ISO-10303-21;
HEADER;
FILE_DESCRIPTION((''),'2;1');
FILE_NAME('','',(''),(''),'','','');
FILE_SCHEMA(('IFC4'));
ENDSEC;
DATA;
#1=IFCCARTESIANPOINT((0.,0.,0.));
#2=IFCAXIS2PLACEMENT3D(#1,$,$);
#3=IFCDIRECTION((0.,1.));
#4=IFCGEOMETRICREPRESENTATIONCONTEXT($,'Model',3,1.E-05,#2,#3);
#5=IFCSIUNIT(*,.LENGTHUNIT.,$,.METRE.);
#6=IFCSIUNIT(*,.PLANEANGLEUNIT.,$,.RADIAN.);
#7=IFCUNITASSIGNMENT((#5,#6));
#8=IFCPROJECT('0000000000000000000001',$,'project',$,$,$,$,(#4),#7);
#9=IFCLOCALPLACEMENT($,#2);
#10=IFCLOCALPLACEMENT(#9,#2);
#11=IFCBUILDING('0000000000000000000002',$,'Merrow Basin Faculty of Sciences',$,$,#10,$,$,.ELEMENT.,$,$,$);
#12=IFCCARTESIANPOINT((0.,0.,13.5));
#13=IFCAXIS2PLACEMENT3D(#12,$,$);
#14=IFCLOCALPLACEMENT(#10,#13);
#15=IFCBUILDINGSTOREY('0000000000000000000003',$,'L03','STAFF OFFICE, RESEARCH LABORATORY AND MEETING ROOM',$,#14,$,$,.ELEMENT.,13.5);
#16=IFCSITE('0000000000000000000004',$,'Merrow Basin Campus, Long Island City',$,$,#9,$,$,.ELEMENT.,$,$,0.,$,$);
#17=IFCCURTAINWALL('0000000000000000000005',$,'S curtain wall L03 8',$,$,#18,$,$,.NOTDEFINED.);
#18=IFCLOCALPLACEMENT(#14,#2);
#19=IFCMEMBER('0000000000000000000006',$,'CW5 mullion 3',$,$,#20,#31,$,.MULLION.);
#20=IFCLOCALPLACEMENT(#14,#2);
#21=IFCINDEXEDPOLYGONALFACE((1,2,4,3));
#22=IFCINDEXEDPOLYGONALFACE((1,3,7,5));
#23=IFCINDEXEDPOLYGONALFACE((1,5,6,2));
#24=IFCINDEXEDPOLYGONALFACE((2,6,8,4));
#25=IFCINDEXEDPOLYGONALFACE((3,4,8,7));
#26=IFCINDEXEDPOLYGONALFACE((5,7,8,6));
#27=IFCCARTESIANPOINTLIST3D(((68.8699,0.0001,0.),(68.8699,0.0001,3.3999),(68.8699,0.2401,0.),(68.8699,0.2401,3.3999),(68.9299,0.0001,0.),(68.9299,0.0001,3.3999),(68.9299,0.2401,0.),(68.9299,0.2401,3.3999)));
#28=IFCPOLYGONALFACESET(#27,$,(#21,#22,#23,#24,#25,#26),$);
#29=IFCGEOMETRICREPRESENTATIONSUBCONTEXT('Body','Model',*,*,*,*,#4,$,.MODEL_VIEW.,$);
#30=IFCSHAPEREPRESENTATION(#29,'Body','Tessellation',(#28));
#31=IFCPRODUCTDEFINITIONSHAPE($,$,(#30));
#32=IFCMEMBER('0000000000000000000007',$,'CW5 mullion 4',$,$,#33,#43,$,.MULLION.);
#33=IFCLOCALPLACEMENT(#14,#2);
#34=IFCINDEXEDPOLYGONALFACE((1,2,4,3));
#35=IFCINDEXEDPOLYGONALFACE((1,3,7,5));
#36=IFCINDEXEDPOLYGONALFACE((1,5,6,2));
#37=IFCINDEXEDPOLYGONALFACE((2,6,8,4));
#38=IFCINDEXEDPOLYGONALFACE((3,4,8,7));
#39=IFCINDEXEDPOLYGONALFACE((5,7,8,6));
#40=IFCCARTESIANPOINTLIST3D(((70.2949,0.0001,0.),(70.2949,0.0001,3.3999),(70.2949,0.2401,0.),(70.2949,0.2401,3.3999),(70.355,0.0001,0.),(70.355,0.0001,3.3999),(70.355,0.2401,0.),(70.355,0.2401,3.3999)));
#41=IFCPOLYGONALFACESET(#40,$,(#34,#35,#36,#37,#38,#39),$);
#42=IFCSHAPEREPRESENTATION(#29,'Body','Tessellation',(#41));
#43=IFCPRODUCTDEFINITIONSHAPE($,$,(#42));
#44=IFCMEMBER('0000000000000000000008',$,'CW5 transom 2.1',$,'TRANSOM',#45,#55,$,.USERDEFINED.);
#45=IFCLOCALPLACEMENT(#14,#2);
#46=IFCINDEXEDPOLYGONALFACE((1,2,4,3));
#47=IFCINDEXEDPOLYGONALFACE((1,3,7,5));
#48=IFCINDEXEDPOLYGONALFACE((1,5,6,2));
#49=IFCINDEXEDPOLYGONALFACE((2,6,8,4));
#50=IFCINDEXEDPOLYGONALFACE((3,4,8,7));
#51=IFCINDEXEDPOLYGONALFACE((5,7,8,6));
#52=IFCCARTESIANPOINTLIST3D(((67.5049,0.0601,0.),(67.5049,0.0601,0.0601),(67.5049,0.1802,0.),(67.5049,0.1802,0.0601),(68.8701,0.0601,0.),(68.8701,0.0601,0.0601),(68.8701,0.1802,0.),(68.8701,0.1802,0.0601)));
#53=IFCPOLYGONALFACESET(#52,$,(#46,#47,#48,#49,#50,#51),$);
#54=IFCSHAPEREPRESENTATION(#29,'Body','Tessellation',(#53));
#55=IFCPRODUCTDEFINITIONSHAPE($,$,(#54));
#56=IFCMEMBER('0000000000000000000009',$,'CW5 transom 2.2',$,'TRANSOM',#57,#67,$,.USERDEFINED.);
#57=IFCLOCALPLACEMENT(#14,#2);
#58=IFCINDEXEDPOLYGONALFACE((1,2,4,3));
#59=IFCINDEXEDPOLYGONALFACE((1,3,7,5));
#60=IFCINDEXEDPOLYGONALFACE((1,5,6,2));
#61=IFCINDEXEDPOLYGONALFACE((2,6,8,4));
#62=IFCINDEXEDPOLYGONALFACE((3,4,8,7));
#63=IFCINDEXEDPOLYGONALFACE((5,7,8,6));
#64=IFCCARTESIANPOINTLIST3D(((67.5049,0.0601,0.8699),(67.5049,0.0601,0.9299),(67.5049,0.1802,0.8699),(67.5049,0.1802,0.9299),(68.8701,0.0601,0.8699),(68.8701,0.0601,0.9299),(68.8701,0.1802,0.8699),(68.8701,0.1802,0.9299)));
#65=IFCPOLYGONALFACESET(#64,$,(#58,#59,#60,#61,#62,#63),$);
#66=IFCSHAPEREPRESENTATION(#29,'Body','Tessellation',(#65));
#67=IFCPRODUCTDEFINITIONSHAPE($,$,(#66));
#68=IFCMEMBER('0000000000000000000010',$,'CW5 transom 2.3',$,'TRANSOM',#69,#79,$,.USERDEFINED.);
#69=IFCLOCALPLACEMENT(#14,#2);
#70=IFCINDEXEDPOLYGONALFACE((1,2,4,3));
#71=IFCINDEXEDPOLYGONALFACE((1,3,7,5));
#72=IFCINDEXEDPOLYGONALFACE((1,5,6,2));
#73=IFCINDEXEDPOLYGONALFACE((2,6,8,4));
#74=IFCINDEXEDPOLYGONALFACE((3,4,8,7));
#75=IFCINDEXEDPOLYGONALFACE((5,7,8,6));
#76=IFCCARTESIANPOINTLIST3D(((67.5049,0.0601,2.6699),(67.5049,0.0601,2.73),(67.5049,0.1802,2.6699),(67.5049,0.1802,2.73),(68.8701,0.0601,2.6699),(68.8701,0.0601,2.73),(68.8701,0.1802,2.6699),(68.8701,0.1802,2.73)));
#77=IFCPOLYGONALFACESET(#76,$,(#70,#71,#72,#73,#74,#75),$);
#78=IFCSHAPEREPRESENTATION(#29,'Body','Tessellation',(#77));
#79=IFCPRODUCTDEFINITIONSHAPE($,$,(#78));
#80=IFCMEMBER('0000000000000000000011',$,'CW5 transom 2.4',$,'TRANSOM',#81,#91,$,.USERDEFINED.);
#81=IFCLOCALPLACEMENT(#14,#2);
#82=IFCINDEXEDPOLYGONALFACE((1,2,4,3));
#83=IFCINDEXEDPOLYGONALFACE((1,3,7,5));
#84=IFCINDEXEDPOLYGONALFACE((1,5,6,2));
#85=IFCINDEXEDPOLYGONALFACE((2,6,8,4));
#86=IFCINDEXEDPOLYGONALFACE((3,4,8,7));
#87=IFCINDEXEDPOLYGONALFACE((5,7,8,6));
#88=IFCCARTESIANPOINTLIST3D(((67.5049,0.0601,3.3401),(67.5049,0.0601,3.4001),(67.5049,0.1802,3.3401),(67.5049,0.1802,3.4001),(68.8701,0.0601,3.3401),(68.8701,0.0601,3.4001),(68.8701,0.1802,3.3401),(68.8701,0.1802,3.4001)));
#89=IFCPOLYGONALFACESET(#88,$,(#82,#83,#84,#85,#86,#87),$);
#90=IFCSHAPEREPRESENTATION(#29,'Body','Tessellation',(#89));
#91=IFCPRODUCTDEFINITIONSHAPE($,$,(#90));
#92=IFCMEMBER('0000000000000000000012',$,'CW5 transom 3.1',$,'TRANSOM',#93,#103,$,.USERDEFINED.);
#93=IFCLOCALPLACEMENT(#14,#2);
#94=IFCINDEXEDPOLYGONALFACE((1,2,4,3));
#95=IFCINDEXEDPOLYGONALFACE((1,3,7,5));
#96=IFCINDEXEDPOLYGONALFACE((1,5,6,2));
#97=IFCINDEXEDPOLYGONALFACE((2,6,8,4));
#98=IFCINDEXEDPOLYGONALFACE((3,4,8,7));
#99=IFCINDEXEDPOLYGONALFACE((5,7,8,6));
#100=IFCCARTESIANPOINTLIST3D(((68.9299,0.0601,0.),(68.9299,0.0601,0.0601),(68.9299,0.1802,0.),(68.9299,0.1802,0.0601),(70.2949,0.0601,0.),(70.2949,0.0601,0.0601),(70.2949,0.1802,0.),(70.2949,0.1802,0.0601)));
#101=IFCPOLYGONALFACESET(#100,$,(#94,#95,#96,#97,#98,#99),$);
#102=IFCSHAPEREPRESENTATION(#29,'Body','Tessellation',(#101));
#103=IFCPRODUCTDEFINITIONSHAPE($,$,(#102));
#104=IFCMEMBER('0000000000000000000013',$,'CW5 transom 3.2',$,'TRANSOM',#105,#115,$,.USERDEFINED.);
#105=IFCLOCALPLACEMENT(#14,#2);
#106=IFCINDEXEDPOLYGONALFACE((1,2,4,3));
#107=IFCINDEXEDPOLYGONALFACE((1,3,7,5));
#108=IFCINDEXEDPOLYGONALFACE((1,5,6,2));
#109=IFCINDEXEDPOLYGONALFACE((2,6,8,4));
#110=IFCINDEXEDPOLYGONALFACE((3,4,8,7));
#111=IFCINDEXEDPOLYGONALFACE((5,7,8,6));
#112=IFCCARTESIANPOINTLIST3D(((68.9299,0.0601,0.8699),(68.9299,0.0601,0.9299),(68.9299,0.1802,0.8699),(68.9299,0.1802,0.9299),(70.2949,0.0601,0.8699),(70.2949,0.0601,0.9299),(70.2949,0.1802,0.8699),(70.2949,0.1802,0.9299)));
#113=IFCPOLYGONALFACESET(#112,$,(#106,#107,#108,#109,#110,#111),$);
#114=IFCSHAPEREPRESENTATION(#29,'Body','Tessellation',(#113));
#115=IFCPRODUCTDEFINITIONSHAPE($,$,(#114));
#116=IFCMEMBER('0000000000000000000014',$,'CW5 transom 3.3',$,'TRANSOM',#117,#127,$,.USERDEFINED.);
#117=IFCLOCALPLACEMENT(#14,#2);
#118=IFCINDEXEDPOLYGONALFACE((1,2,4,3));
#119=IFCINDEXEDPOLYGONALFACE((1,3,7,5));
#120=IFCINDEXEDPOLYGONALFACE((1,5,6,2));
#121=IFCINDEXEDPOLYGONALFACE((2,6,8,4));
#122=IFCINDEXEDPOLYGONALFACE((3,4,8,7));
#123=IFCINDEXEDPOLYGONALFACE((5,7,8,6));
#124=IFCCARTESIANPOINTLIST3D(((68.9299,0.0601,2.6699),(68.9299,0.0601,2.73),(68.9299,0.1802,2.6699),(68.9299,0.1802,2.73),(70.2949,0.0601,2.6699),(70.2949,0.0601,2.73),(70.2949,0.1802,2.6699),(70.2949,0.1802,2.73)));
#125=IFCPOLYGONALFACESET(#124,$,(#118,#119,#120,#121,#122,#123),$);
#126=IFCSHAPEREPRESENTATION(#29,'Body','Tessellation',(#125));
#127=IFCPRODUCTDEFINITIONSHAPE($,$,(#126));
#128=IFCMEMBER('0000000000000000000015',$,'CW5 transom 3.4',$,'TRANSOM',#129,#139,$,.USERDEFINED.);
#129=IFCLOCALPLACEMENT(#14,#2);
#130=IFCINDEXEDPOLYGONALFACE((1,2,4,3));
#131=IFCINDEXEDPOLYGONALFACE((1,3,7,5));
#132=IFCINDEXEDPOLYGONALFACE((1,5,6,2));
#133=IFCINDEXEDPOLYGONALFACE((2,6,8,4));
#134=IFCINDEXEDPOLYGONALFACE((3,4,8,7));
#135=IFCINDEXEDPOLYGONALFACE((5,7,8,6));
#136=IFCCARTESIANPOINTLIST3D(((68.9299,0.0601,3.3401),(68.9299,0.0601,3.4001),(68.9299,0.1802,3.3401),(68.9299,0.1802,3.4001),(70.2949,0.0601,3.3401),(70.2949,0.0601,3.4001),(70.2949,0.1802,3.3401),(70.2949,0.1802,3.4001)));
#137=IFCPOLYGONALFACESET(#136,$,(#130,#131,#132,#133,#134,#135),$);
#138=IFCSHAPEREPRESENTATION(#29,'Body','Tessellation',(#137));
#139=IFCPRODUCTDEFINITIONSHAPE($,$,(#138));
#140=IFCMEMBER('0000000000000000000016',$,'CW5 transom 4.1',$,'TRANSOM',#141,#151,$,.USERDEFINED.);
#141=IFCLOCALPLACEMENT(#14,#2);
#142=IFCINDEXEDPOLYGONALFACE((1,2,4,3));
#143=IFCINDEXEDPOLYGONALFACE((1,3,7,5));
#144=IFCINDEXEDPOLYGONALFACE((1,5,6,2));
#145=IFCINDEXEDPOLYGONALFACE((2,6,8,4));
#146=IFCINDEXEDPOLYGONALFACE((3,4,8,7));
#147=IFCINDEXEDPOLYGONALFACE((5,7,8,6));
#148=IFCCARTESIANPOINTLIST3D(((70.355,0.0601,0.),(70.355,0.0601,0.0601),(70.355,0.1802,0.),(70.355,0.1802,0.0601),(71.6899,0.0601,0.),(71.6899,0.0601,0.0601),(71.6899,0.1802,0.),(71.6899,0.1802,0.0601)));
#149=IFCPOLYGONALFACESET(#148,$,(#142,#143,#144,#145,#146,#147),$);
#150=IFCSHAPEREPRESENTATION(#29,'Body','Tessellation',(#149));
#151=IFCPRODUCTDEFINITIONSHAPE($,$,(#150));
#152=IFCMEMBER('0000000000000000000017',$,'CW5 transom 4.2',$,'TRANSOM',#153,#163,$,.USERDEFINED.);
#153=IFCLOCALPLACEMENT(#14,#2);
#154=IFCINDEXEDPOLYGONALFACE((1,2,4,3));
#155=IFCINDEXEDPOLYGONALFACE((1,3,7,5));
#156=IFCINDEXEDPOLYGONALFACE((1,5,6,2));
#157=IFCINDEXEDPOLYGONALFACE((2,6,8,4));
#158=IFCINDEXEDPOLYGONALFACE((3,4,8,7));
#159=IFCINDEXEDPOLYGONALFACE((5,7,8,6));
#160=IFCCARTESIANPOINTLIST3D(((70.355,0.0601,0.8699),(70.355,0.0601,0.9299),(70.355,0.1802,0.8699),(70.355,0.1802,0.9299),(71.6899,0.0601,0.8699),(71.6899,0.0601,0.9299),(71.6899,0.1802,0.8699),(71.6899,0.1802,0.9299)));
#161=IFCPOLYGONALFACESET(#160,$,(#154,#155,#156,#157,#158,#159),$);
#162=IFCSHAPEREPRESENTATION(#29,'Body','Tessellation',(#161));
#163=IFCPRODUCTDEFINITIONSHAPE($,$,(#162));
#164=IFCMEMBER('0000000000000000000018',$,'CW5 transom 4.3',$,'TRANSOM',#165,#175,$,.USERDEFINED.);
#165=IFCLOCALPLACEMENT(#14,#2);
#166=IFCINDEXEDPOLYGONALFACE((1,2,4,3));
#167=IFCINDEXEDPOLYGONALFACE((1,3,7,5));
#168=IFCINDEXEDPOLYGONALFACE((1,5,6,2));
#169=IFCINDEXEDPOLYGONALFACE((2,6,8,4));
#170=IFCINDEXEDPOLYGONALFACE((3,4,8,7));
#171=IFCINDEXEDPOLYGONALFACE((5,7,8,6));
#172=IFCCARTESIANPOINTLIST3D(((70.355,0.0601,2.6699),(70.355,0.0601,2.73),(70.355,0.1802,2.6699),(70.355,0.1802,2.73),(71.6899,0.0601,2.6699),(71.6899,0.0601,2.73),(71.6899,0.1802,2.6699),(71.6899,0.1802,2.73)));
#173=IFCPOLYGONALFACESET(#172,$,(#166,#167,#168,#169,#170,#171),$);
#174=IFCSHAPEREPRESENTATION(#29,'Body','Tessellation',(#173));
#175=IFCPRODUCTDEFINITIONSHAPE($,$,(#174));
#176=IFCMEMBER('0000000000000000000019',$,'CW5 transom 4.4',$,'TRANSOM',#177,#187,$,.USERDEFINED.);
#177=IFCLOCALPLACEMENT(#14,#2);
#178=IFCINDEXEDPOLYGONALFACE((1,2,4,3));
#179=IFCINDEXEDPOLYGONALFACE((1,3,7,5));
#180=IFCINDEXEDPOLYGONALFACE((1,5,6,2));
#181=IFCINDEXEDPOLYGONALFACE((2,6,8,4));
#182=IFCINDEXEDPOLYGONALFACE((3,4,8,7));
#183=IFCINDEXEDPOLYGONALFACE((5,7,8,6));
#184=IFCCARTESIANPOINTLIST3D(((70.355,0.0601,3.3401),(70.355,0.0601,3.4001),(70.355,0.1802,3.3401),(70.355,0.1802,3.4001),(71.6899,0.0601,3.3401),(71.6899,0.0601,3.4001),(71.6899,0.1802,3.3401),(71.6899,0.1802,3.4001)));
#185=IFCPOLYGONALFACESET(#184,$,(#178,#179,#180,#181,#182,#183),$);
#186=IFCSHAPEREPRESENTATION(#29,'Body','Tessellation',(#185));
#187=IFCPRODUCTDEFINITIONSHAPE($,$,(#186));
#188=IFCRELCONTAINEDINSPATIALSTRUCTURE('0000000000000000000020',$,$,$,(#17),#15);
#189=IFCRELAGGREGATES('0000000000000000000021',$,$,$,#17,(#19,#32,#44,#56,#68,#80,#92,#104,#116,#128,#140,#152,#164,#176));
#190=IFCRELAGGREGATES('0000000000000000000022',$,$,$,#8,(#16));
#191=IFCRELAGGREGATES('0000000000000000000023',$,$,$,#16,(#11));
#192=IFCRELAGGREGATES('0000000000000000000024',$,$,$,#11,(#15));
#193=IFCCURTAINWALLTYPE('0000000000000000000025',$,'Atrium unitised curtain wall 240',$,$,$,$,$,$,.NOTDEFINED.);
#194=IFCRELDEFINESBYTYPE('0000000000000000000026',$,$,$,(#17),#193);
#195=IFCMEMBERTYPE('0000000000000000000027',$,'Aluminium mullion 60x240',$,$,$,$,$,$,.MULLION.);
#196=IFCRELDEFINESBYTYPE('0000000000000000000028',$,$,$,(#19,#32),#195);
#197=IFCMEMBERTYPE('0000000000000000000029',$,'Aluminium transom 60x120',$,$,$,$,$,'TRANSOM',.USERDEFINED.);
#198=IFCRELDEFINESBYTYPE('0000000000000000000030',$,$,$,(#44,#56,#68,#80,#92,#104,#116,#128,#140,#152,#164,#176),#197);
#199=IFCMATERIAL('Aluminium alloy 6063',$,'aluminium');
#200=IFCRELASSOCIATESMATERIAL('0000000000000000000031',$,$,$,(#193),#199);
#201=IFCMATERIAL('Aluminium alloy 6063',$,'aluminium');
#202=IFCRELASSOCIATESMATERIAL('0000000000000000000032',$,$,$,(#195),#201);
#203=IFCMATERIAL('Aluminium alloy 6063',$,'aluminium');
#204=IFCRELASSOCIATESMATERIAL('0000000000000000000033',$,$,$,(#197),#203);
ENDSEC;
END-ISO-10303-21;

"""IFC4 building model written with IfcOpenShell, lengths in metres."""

from ifc_helpers import new_model, si_unit, direction, frame, origin, origin_2d, place, context, subcontext, project, spatial, rectangle, extrude, material, material_profile, profile_set, type_object, element, aggregate, save


model = new_model("IFC4")

# Units and contexts
model_context = context("Model", 3, precision=1e-05, world=origin(), true_north=direction((0.0, 1.0)))
body_context = subcontext(model_context, "Body", "Model", "MODEL_VIEW")
ifc_project = project(units=[si_unit("LENGTHUNIT", "METRE"), si_unit("PLANEANGLEUNIT", "RADIAN")], contexts=[model_context])

# Site, building, storey
site_placement = place(None, origin())
site = spatial("IfcSite", under=ifc_project, at=site_placement, Name="Merrow Basin Campus, Long Island City", CompositionType="ELEMENT", RefElevation=0.0)
building_placement = place(site_placement, origin())
building = spatial("IfcBuilding", under=site, at=building_placement, Name="Merrow Basin Faculty of Sciences", CompositionType="ELEMENT")
storey_placement = place(building_placement, frame((0.0, 0.0, 13.5)))
storey = spatial("IfcBuildingStorey", under=building, at=storey_placement, Name="L03", Description="STAFF OFFICE, RESEARCH LABORATORY AND MEETING ROOM", CompositionType="ELEMENT", Elevation=13.5)

# Curtain wall, members
ifc_material_1 = material(Name="Aluminium alloy 6063", Category="aluminium")
curtain_wall_type = type_object("IfcCurtainWallType", Name="Atrium unitised curtain wall 240", PredefinedType="NOTDEFINED", material=ifc_material_1)
curtain_wall_placement = place(storey_placement, origin())
curtain_wall = element("IfcCurtainWall", 1, at=curtain_wall_placement, inside=storey, type_object=curtain_wall_type, Name="S curtain wall L03 8", PredefinedType="NOTDEFINED")
ifc_material_2 = material(Name="Aluminium alloy 6063", Category="aluminium")
ifc_material_profile_1 = material_profile(ifc_material_2, rectangle(XDim=0.24, YDim=0.0601, at=origin_2d()))
ifc_profile_set_1 = profile_set([ifc_material_profile_1], Name="Aluminium alloy 6063")
member_type_1 = type_object("IfcMemberType", Name="Aluminium mullion 60x240", PredefinedType="MULLION", material=ifc_profile_set_1)
member_1_placement = place(storey_placement, frame((68.8999, 0.1201, 0.0), z_axis=(0.0, 0.0, 1.0), x_axis=(0.0, 1.0, 0.0)))
member_1 = element("IfcMember", 2, at=member_1_placement, type_object=member_type_1, Name="CW5 mullion 3", PredefinedType="MULLION", context=body_context, shape_type="SweptSolid", body=[
    extrude(rectangle(XDim=0.24, YDim=0.0601, at=origin_2d()), origin(), (0.0, 0.0, 1.0), 3.3999),
])
member_2_placement = place(storey_placement, frame((70.325, 0.1201, 0.0), z_axis=(0.0, 0.0, 1.0), x_axis=(0.0, 1.0, 0.0)))
member_2 = element("IfcMember", 3, at=member_2_placement, type_object=member_type_1, Name="CW5 mullion 4", PredefinedType="MULLION", context=body_context, shape_type="SweptSolid", body=[
    extrude(rectangle(XDim=0.24, YDim=0.0601, at=origin_2d()), origin(), (0.0, 0.0, 1.0), 3.3999),
])
ifc_material_3 = material(Name="Aluminium alloy 6063", Category="aluminium")
ifc_material_profile_2 = material_profile(ifc_material_3, rectangle(XDim=0.1201, YDim=0.0601, at=origin_2d()))
ifc_profile_set_2 = profile_set([ifc_material_profile_2], Name="Aluminium alloy 6063")
member_type_2 = type_object("IfcMemberType", Name="Aluminium transom 60x120", ElementType="TRANSOM", PredefinedType="USERDEFINED", material=ifc_profile_set_2)
member_3_placement = place(storey_placement, frame((67.5049, 0.1201, 0.03), z_axis=(1.0, 0.0, 0.0), x_axis=(0.0, 1.0, 0.0)))
member_3 = element("IfcMember", 4, at=member_3_placement, type_object=member_type_2, Name="CW5 transom 2.1", ObjectType="TRANSOM", PredefinedType="USERDEFINED", context=body_context, shape_type="SweptSolid", body=[
    extrude(rectangle(XDim=0.1201, YDim=0.0601, at=origin_2d()), origin(), (0.0, 0.0, 1.0), 1.3652),
])
member_4_placement = place(storey_placement, frame((67.5049, 0.1201, 0.8999), z_axis=(1.0, 0.0, 0.0), x_axis=(0.0, 1.0, 0.0)))
member_4 = element("IfcMember", 5, at=member_4_placement, type_object=member_type_2, Name="CW5 transom 2.2", ObjectType="TRANSOM", PredefinedType="USERDEFINED", context=body_context, shape_type="SweptSolid", body=[
    extrude(rectangle(XDim=0.1201, YDim=0.0601, at=origin_2d()), origin(), (0.0, 0.0, 1.0), 1.3652),
])
member_5_placement = place(storey_placement, frame((67.5049, 0.1201, 2.7), z_axis=(1.0, 0.0, 0.0), x_axis=(0.0, 1.0, 0.0)))
member_5 = element("IfcMember", 6, at=member_5_placement, type_object=member_type_2, Name="CW5 transom 2.3", ObjectType="TRANSOM", PredefinedType="USERDEFINED", context=body_context, shape_type="SweptSolid", body=[
    extrude(rectangle(XDim=0.1201, YDim=0.0601, at=origin_2d()), origin(), (0.0, 0.0, 1.0), 1.3652),
])
member_6_placement = place(storey_placement, frame((67.5049, 0.1201, 3.3701), z_axis=(1.0, 0.0, 0.0), x_axis=(0.0, 1.0, 0.0)))
member_6 = element("IfcMember", 7, at=member_6_placement, type_object=member_type_2, Name="CW5 transom 2.4", ObjectType="TRANSOM", PredefinedType="USERDEFINED", context=body_context, shape_type="SweptSolid", body=[
    extrude(rectangle(XDim=0.1201, YDim=0.0601, at=origin_2d()), origin(), (0.0, 0.0, 1.0), 1.3652),
])
member_7_placement = place(storey_placement, frame((68.9299, 0.1201, 0.03), z_axis=(1.0, 0.0, 0.0), x_axis=(0.0, 1.0, 0.0)))
member_7 = element("IfcMember", 8, at=member_7_placement, type_object=member_type_2, Name="CW5 transom 3.1", ObjectType="TRANSOM", PredefinedType="USERDEFINED", context=body_context, shape_type="SweptSolid", body=[
    extrude(rectangle(XDim=0.1201, YDim=0.0601, at=origin_2d()), origin(), (0.0, 0.0, 1.0), 1.365),
])
member_8_placement = place(storey_placement, frame((68.9299, 0.1201, 0.8999), z_axis=(1.0, 0.0, 0.0), x_axis=(0.0, 1.0, 0.0)))
member_8 = element("IfcMember", 9, at=member_8_placement, type_object=member_type_2, Name="CW5 transom 3.2", ObjectType="TRANSOM", PredefinedType="USERDEFINED", context=body_context, shape_type="SweptSolid", body=[
    extrude(rectangle(XDim=0.1201, YDim=0.0601, at=origin_2d()), origin(), (0.0, 0.0, 1.0), 1.365),
])
member_9_placement = place(storey_placement, frame((68.9299, 0.1201, 2.7), z_axis=(1.0, 0.0, 0.0), x_axis=(0.0, 1.0, 0.0)))
member_9 = element("IfcMember", 10, at=member_9_placement, type_object=member_type_2, Name="CW5 transom 3.3", ObjectType="TRANSOM", PredefinedType="USERDEFINED", context=body_context, shape_type="SweptSolid", body=[
    extrude(rectangle(XDim=0.1201, YDim=0.0601, at=origin_2d()), origin(), (0.0, 0.0, 1.0), 1.365),
])
member_10_placement = place(storey_placement, frame((68.9299, 0.1201, 3.3701), z_axis=(1.0, 0.0, 0.0), x_axis=(0.0, 1.0, 0.0)))
member_10 = element("IfcMember", 11, at=member_10_placement, type_object=member_type_2, Name="CW5 transom 3.4", ObjectType="TRANSOM", PredefinedType="USERDEFINED", context=body_context, shape_type="SweptSolid", body=[
    extrude(rectangle(XDim=0.1201, YDim=0.0601, at=origin_2d()), origin(), (0.0, 0.0, 1.0), 1.365),
])
member_11_placement = place(storey_placement, frame((70.355, 0.1201, 0.03), z_axis=(1.0, 0.0, 0.0), x_axis=(0.0, 1.0, 0.0)))
member_11 = element("IfcMember", 12, at=member_11_placement, type_object=member_type_2, Name="CW5 transom 4.1", ObjectType="TRANSOM", PredefinedType="USERDEFINED", context=body_context, shape_type="SweptSolid", body=[
    extrude(rectangle(XDim=0.1201, YDim=0.0601, at=origin_2d()), origin(), (0.0, 0.0, 1.0), 1.335),
])
member_12_placement = place(storey_placement, frame((70.355, 0.1201, 0.8999), z_axis=(1.0, 0.0, 0.0), x_axis=(0.0, 1.0, 0.0)))
member_12 = element("IfcMember", 13, at=member_12_placement, type_object=member_type_2, Name="CW5 transom 4.2", ObjectType="TRANSOM", PredefinedType="USERDEFINED", context=body_context, shape_type="SweptSolid", body=[
    extrude(rectangle(XDim=0.1201, YDim=0.0601, at=origin_2d()), origin(), (0.0, 0.0, 1.0), 1.335),
])
member_13_placement = place(storey_placement, frame((70.355, 0.1201, 2.7), z_axis=(1.0, 0.0, 0.0), x_axis=(0.0, 1.0, 0.0)))
member_13 = element("IfcMember", 14, at=member_13_placement, type_object=member_type_2, Name="CW5 transom 4.3", ObjectType="TRANSOM", PredefinedType="USERDEFINED", context=body_context, shape_type="SweptSolid", body=[
    extrude(rectangle(XDim=0.1201, YDim=0.0601, at=origin_2d()), origin(), (0.0, 0.0, 1.0), 1.335),
])
member_14_placement = place(storey_placement, frame((70.355, 0.1201, 3.3701), z_axis=(1.0, 0.0, 0.0), x_axis=(0.0, 1.0, 0.0)))
member_14 = element("IfcMember", 15, at=member_14_placement, type_object=member_type_2, Name="CW5 transom 4.4", ObjectType="TRANSOM", PredefinedType="USERDEFINED", context=body_context, shape_type="SweptSolid", body=[
    extrude(rectangle(XDim=0.1201, YDim=0.0601, at=origin_2d()), origin(), (0.0, 0.0, 1.0), 1.335),
])

aggregate(curtain_wall, [member_1, member_2, member_3, member_4, member_5, member_6, member_7, member_8, member_9, member_10, member_11, member_12, member_13, member_14])

save(model, "model.ifc")
